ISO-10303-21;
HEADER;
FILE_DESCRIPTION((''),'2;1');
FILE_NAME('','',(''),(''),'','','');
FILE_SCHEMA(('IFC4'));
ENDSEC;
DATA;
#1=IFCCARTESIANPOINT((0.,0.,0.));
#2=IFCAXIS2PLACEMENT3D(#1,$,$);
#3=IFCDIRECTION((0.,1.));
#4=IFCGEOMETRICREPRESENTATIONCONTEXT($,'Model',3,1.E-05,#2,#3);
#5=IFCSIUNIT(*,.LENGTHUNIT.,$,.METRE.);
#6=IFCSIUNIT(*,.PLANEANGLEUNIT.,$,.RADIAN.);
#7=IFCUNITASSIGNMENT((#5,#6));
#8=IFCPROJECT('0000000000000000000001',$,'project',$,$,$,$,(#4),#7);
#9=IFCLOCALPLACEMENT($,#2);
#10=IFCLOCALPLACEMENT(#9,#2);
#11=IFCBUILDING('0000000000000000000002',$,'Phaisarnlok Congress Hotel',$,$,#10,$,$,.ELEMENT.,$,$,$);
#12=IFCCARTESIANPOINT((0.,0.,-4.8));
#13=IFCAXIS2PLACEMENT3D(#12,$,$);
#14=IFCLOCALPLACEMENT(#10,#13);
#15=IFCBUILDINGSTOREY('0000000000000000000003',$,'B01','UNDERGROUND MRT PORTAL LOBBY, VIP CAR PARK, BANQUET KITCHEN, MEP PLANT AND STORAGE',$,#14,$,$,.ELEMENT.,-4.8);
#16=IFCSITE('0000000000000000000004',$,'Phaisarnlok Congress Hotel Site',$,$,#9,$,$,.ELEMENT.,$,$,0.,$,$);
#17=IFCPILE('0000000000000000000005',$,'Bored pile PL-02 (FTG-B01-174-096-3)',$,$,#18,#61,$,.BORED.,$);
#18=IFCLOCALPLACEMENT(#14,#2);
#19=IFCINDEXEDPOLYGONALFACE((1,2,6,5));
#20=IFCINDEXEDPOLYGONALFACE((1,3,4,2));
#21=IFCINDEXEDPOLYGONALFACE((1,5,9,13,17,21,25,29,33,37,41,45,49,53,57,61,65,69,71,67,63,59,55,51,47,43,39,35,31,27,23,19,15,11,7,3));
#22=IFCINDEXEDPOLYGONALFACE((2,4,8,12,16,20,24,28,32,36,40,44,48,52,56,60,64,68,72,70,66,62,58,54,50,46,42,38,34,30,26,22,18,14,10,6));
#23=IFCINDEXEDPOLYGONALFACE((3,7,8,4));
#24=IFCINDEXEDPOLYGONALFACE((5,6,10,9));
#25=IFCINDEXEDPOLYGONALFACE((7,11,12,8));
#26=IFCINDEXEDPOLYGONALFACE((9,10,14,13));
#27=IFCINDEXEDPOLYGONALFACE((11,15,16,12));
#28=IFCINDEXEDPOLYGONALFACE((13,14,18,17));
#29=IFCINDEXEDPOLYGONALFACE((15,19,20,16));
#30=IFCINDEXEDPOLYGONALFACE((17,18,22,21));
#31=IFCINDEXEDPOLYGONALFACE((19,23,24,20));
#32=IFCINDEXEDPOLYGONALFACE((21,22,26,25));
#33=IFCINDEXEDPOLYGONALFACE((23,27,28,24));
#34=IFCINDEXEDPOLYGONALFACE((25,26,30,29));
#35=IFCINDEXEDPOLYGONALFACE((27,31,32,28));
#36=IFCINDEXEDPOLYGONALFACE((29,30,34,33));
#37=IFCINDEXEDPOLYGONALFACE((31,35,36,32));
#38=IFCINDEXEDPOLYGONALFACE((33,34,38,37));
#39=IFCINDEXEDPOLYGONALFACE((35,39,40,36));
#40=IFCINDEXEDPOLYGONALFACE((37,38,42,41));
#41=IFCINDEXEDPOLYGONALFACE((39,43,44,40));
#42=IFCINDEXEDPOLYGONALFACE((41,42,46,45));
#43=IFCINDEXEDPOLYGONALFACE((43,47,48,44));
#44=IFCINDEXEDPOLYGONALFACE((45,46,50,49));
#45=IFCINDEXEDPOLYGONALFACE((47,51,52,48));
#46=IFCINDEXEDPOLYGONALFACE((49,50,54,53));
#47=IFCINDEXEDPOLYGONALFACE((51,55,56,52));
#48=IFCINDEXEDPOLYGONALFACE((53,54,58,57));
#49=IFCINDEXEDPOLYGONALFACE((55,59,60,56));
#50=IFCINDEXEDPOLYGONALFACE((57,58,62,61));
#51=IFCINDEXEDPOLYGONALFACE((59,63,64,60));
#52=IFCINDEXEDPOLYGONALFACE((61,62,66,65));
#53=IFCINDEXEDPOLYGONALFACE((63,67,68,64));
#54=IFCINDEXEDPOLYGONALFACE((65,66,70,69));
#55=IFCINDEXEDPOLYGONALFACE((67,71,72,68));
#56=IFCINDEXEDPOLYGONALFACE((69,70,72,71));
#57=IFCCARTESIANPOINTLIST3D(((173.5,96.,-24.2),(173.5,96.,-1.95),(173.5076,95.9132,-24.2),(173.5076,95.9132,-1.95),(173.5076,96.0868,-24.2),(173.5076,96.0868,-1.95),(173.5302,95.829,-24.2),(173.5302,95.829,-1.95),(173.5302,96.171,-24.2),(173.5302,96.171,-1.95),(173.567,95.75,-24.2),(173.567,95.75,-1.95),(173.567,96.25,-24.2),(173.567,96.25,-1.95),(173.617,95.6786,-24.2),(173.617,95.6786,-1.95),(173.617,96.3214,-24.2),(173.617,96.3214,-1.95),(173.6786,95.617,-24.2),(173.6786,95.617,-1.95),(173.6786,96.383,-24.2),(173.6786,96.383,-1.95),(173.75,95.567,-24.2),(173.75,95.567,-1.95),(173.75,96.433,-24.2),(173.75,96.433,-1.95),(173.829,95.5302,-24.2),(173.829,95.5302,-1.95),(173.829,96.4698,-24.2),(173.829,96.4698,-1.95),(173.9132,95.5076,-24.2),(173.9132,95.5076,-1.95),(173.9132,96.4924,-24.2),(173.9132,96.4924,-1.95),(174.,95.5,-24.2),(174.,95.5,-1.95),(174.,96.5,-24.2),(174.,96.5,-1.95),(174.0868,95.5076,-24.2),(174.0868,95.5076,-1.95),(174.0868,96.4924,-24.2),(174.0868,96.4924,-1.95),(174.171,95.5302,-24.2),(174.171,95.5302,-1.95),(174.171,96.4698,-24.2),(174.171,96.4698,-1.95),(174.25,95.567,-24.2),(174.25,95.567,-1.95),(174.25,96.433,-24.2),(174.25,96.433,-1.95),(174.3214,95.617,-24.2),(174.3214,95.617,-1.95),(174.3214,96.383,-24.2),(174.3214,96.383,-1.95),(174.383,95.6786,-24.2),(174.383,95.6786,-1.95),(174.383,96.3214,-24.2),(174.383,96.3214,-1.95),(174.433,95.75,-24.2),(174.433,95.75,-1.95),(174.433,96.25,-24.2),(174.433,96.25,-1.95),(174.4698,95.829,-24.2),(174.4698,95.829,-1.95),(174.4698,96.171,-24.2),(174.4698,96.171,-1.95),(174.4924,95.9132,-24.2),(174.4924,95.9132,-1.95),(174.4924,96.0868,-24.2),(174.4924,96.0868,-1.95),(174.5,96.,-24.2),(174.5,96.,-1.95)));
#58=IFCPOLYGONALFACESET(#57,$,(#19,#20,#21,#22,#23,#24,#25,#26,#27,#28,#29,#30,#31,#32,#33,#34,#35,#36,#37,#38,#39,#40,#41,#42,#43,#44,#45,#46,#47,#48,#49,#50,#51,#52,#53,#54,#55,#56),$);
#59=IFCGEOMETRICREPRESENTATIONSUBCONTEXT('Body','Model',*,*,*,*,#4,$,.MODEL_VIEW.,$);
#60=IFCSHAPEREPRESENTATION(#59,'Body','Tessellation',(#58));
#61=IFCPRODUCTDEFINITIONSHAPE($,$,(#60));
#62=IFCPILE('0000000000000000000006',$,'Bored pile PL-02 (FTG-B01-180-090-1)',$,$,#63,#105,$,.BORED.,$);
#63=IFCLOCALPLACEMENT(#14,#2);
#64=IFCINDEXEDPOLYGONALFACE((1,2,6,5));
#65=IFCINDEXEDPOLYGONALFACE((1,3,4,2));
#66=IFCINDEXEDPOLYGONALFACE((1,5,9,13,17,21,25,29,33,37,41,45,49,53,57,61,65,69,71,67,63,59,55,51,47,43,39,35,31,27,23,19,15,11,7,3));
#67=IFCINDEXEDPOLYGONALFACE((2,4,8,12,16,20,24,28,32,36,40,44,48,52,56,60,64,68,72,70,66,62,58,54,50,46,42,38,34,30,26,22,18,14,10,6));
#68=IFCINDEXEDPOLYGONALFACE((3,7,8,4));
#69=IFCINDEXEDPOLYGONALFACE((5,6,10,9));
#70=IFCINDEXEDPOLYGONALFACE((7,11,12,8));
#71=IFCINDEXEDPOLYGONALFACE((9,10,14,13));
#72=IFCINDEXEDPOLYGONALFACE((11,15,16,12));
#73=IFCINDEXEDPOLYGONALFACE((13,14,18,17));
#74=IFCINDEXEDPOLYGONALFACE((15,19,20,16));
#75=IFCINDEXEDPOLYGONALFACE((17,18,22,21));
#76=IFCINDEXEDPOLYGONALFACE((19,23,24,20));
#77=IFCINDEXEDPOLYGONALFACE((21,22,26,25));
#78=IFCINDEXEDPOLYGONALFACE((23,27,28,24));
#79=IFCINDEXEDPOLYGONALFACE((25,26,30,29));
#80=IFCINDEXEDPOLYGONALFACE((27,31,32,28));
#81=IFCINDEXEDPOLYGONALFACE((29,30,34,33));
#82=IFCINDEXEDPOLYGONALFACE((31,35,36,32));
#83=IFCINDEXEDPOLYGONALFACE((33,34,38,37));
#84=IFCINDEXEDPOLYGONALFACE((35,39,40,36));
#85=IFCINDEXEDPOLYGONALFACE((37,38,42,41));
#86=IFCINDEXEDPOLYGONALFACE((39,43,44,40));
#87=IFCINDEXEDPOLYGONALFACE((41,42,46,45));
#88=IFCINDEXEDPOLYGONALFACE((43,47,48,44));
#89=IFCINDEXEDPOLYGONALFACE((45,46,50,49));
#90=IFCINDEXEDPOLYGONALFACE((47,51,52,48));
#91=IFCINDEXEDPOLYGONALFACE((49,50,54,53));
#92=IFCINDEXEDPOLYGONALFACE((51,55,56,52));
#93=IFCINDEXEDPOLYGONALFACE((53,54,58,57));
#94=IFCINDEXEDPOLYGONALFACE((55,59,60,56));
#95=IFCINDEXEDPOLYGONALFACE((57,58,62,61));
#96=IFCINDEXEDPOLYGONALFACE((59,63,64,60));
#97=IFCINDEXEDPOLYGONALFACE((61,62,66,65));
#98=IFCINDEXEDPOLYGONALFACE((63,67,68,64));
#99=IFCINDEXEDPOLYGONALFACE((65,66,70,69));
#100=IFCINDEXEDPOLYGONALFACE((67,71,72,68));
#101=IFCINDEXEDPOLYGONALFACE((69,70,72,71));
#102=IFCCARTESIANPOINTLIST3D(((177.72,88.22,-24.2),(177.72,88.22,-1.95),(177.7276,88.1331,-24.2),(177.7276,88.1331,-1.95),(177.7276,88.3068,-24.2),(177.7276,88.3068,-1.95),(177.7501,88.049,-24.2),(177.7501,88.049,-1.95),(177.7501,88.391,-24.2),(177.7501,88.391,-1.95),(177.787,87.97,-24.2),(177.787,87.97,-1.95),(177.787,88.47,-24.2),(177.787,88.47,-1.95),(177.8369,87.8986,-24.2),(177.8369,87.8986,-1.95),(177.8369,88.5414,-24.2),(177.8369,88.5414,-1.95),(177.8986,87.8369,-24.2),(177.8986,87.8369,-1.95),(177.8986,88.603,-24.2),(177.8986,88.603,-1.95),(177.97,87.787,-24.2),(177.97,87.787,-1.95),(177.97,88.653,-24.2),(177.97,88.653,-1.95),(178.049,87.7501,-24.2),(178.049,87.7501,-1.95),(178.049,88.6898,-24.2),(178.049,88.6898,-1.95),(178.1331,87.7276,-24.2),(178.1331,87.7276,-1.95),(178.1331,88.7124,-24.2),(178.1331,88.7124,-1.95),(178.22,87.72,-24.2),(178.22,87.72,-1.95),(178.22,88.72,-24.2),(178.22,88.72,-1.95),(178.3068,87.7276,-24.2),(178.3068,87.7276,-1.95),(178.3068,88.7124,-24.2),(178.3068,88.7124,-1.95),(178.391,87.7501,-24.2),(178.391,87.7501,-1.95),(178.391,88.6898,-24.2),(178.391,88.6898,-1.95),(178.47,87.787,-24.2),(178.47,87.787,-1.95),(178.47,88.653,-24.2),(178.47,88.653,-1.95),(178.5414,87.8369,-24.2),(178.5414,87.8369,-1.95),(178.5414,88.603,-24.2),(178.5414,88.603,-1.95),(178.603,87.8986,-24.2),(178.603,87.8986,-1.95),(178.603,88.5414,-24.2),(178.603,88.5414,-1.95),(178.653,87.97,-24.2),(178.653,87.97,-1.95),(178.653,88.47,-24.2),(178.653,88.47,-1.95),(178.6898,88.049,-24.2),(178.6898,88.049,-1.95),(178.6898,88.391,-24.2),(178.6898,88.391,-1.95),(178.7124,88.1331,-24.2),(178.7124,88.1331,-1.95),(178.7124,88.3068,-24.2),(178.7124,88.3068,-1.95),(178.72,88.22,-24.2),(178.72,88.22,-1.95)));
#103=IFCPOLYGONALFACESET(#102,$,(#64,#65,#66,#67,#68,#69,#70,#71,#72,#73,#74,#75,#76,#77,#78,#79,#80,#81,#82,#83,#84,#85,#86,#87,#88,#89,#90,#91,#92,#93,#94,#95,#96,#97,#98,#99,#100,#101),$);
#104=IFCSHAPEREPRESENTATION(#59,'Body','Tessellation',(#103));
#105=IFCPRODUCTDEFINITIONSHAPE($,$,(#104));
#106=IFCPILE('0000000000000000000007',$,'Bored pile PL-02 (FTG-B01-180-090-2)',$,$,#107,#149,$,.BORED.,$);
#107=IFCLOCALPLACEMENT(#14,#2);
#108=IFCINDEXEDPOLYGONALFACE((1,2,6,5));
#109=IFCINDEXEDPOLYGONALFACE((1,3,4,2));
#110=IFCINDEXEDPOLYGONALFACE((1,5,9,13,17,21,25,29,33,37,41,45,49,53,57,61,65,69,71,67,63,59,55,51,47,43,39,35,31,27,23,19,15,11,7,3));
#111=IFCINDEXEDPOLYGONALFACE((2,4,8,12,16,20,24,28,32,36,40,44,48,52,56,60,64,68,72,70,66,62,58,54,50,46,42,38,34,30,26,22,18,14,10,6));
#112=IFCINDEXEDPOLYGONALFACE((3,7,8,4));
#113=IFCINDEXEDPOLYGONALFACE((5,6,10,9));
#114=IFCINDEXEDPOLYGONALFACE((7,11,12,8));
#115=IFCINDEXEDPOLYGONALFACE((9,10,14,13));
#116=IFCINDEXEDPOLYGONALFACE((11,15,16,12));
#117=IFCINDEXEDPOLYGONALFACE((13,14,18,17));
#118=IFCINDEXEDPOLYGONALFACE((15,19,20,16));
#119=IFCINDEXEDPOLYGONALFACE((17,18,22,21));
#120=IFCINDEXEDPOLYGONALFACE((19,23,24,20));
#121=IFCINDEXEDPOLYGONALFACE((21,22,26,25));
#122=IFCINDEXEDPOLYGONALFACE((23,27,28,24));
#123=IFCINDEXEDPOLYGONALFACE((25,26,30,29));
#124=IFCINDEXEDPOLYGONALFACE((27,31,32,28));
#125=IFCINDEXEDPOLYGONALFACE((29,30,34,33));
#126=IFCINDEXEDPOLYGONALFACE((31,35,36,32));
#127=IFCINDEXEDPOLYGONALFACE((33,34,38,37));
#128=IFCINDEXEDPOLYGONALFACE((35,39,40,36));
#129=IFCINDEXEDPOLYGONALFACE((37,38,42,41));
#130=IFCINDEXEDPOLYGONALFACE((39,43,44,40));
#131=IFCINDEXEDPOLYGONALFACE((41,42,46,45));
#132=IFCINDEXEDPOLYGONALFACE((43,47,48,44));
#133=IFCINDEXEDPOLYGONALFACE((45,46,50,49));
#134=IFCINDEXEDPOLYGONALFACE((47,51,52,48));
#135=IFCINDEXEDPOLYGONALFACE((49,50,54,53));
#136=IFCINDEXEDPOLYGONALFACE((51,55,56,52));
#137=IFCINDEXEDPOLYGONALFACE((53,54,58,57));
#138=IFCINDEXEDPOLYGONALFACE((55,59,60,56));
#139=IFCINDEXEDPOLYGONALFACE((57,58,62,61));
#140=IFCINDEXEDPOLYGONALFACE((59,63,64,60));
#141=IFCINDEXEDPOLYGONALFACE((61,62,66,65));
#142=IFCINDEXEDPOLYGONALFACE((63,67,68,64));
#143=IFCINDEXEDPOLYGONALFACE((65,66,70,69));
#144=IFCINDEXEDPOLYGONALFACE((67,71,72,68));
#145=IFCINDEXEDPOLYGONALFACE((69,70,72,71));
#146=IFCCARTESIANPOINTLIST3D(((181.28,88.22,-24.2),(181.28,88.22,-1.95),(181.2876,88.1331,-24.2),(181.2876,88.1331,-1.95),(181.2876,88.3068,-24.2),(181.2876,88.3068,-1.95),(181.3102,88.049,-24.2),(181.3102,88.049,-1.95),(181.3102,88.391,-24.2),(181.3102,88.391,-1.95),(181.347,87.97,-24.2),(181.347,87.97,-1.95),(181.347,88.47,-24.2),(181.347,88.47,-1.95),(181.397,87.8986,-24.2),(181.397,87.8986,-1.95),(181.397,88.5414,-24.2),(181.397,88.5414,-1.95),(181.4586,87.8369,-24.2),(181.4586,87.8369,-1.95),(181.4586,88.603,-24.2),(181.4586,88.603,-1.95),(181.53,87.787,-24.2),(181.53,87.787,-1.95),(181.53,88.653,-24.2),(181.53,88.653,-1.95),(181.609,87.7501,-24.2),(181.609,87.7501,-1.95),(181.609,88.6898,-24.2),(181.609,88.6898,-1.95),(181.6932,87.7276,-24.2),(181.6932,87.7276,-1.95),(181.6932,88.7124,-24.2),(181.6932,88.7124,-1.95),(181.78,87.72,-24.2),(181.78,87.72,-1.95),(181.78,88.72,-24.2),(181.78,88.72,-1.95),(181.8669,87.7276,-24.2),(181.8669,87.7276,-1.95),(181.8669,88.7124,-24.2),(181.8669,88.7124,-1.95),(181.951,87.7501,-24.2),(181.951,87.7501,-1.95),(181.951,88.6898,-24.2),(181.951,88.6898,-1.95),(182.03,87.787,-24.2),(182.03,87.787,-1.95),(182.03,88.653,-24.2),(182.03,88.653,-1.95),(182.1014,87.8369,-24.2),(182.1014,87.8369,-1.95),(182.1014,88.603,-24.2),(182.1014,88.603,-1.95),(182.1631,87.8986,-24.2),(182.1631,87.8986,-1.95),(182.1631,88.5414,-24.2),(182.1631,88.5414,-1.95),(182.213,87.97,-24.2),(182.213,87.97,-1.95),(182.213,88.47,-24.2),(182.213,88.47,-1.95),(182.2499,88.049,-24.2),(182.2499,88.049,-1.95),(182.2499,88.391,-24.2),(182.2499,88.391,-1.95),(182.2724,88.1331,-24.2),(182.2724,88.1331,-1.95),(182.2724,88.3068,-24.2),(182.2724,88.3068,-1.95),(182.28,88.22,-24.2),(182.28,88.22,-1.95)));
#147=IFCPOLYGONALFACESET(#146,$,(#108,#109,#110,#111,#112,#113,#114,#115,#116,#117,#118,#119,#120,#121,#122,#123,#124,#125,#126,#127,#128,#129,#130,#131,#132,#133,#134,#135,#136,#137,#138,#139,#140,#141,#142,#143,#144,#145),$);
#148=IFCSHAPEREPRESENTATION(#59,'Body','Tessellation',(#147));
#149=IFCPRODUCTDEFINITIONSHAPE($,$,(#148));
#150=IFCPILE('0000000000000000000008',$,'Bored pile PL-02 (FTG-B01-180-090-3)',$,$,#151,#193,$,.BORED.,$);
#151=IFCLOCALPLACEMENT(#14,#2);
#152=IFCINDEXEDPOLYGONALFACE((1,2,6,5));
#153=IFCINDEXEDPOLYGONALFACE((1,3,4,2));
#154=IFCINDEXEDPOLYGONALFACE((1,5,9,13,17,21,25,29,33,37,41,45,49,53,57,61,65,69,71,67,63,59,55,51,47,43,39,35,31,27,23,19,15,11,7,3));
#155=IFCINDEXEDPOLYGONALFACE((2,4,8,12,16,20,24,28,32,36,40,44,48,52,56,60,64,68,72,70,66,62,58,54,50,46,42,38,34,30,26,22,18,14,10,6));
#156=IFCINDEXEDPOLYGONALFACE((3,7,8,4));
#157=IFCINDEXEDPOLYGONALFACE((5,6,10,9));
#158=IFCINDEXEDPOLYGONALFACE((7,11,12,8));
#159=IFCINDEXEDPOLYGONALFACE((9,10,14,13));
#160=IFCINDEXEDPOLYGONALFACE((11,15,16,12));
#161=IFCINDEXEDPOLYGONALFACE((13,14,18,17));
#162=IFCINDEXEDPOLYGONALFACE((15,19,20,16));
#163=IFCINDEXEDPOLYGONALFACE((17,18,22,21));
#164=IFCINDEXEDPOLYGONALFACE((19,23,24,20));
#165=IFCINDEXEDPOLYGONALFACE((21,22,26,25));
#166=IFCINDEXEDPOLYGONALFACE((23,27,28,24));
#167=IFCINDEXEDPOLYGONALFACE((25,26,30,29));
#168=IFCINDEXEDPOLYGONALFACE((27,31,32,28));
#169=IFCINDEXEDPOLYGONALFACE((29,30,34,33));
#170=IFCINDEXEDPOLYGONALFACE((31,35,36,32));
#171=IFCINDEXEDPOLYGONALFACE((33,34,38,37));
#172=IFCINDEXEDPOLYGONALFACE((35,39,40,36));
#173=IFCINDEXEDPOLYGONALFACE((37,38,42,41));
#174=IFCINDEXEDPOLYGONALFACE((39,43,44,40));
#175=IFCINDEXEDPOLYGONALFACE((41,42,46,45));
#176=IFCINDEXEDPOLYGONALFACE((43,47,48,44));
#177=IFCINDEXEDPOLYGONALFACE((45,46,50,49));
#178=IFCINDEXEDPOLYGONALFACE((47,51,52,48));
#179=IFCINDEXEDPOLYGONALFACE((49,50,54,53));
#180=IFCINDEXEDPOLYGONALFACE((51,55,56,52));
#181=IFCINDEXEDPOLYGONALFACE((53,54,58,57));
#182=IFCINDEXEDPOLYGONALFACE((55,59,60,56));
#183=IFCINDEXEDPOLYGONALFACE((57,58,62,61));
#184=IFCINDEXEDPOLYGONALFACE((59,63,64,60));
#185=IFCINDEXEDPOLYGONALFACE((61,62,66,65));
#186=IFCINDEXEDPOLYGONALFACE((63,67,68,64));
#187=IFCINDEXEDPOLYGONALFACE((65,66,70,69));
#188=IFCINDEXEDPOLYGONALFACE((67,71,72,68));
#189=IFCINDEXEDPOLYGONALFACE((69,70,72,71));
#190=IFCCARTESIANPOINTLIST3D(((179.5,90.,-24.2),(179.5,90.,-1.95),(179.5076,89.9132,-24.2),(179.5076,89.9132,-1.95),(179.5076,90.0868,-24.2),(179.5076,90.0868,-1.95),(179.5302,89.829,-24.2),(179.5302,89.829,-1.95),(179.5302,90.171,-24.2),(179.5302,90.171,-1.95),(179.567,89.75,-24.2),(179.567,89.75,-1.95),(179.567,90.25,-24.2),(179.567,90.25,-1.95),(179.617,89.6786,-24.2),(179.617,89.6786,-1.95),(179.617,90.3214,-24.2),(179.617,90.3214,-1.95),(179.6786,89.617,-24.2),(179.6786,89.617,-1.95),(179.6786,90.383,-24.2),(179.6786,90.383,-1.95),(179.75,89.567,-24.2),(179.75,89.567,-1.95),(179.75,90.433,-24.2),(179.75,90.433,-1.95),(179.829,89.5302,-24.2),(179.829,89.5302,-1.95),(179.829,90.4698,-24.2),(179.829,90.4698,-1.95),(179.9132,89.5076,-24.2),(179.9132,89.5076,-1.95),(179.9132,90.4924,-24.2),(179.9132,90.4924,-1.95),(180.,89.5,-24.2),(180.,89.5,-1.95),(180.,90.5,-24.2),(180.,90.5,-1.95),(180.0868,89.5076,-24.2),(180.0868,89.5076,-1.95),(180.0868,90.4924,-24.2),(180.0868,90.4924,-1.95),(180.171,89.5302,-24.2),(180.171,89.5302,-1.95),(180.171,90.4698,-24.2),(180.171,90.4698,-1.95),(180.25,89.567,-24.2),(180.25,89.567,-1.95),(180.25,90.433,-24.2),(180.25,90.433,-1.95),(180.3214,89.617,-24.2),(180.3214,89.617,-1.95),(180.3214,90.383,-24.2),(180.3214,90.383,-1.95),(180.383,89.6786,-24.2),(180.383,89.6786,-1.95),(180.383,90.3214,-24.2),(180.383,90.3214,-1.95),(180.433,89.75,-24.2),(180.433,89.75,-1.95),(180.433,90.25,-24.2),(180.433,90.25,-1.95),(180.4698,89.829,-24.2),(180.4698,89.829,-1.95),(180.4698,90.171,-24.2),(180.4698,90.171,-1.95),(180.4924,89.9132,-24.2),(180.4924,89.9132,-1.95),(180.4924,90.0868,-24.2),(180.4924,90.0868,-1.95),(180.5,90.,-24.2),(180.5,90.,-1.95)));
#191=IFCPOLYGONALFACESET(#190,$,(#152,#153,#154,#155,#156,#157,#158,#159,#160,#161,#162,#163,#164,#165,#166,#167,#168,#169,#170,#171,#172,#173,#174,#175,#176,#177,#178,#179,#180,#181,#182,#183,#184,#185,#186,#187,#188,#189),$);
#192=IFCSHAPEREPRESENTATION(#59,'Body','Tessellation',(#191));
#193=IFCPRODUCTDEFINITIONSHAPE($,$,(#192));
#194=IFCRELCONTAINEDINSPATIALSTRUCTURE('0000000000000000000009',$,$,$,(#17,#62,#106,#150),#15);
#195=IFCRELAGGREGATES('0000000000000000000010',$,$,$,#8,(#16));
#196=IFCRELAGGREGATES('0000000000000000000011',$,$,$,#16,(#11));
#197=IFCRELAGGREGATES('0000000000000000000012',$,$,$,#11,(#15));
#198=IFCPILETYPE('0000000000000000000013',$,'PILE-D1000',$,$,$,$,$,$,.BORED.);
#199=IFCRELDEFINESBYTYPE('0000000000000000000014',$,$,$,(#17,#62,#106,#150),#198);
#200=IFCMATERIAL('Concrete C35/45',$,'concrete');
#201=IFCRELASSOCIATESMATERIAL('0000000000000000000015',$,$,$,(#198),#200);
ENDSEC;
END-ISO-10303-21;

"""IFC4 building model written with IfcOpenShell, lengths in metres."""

from ifc_helpers import new_model, si_unit, direction, frame, origin, origin_2d, place, context, subcontext, project, spatial, circle, extrude, material, material_profile, profile_set, type_object, element, save


model = new_model("IFC4")

# Units and contexts
model_context = context("Model", 3, precision=1e-05, world=origin(), true_north=direction((0.0, 1.0)))
body_context = subcontext(model_context, "Body", "Model", "MODEL_VIEW")
ifc_project = project(units=[si_unit("LENGTHUNIT", "METRE"), si_unit("PLANEANGLEUNIT", "RADIAN")], contexts=[model_context])

# Site, building, storey
site_placement = place(None, origin())
site = spatial("IfcSite", under=ifc_project, at=site_placement, Name="Phaisarnlok Congress Hotel Site", CompositionType="ELEMENT", RefElevation=0.0)
building_placement = place(site_placement, origin())
building = spatial("IfcBuilding", under=site, at=building_placement, Name="Phaisarnlok Congress Hotel", CompositionType="ELEMENT")
storey_placement = place(building_placement, frame((0.0, 0.0, -4.8)))
storey = spatial("IfcBuildingStorey", under=building, at=storey_placement, Name="B01", Description="UNDERGROUND MRT PORTAL LOBBY, VIP CAR PARK, BANQUET KITCHEN, MEP PLANT AND STORAGE", CompositionType="ELEMENT", Elevation=-4.8)

# Piles
ifc_material_1 = material(Name="Concrete C35/45", Category="concrete")
ifc_material_profile_1 = material_profile(ifc_material_1, circle(Radius=0.5, at=origin_2d()), Name="BORED PILE D1000")
ifc_profile_set_1 = profile_set([ifc_material_profile_1], Name="Concrete C35/45")
pile_type = type_object("IfcPileType", Name="PILE-D1000", PredefinedType="BORED", material=ifc_profile_set_1)
for number, where, z_axis, x_axis, name in (
    (1, (174.0, 96.0, -1.95), (0.0, 0.0, -1.0), (1.0, 0.0, 0.0), "Bored pile PL-02 (FTG-B01-174-096-3)"),
    (2, (178.22, 88.22, -1.95), (0.0, 0.0, -1.0), (1.0, 0.0, 0.0), "Bored pile PL-02 (FTG-B01-180-090-1)"),
    (3, (181.78, 88.22, -1.95), (0.0, 0.0, -1.0), (1.0, 0.0, 0.0), "Bored pile PL-02 (FTG-B01-180-090-2)"),
    (4, (180.0, 90.0, -1.95), (0.0, 0.0, -1.0), (1.0, 0.0, 0.0), "Bored pile PL-02 (FTG-B01-180-090-3)"),
):
    element("IfcPile", number, at=place(storey_placement, frame(where, z_axis=z_axis, x_axis=x_axis)), inside=storey, type_object=pile_type, Name=name, PredefinedType="BORED", context=body_context, shape_type="SweptSolid", body=[
        extrude(circle(Radius=0.5, at=origin_2d()), origin(), (0.0, 0.0, 1.0), 22.25),
    ])

save(model, "model.ifc")
